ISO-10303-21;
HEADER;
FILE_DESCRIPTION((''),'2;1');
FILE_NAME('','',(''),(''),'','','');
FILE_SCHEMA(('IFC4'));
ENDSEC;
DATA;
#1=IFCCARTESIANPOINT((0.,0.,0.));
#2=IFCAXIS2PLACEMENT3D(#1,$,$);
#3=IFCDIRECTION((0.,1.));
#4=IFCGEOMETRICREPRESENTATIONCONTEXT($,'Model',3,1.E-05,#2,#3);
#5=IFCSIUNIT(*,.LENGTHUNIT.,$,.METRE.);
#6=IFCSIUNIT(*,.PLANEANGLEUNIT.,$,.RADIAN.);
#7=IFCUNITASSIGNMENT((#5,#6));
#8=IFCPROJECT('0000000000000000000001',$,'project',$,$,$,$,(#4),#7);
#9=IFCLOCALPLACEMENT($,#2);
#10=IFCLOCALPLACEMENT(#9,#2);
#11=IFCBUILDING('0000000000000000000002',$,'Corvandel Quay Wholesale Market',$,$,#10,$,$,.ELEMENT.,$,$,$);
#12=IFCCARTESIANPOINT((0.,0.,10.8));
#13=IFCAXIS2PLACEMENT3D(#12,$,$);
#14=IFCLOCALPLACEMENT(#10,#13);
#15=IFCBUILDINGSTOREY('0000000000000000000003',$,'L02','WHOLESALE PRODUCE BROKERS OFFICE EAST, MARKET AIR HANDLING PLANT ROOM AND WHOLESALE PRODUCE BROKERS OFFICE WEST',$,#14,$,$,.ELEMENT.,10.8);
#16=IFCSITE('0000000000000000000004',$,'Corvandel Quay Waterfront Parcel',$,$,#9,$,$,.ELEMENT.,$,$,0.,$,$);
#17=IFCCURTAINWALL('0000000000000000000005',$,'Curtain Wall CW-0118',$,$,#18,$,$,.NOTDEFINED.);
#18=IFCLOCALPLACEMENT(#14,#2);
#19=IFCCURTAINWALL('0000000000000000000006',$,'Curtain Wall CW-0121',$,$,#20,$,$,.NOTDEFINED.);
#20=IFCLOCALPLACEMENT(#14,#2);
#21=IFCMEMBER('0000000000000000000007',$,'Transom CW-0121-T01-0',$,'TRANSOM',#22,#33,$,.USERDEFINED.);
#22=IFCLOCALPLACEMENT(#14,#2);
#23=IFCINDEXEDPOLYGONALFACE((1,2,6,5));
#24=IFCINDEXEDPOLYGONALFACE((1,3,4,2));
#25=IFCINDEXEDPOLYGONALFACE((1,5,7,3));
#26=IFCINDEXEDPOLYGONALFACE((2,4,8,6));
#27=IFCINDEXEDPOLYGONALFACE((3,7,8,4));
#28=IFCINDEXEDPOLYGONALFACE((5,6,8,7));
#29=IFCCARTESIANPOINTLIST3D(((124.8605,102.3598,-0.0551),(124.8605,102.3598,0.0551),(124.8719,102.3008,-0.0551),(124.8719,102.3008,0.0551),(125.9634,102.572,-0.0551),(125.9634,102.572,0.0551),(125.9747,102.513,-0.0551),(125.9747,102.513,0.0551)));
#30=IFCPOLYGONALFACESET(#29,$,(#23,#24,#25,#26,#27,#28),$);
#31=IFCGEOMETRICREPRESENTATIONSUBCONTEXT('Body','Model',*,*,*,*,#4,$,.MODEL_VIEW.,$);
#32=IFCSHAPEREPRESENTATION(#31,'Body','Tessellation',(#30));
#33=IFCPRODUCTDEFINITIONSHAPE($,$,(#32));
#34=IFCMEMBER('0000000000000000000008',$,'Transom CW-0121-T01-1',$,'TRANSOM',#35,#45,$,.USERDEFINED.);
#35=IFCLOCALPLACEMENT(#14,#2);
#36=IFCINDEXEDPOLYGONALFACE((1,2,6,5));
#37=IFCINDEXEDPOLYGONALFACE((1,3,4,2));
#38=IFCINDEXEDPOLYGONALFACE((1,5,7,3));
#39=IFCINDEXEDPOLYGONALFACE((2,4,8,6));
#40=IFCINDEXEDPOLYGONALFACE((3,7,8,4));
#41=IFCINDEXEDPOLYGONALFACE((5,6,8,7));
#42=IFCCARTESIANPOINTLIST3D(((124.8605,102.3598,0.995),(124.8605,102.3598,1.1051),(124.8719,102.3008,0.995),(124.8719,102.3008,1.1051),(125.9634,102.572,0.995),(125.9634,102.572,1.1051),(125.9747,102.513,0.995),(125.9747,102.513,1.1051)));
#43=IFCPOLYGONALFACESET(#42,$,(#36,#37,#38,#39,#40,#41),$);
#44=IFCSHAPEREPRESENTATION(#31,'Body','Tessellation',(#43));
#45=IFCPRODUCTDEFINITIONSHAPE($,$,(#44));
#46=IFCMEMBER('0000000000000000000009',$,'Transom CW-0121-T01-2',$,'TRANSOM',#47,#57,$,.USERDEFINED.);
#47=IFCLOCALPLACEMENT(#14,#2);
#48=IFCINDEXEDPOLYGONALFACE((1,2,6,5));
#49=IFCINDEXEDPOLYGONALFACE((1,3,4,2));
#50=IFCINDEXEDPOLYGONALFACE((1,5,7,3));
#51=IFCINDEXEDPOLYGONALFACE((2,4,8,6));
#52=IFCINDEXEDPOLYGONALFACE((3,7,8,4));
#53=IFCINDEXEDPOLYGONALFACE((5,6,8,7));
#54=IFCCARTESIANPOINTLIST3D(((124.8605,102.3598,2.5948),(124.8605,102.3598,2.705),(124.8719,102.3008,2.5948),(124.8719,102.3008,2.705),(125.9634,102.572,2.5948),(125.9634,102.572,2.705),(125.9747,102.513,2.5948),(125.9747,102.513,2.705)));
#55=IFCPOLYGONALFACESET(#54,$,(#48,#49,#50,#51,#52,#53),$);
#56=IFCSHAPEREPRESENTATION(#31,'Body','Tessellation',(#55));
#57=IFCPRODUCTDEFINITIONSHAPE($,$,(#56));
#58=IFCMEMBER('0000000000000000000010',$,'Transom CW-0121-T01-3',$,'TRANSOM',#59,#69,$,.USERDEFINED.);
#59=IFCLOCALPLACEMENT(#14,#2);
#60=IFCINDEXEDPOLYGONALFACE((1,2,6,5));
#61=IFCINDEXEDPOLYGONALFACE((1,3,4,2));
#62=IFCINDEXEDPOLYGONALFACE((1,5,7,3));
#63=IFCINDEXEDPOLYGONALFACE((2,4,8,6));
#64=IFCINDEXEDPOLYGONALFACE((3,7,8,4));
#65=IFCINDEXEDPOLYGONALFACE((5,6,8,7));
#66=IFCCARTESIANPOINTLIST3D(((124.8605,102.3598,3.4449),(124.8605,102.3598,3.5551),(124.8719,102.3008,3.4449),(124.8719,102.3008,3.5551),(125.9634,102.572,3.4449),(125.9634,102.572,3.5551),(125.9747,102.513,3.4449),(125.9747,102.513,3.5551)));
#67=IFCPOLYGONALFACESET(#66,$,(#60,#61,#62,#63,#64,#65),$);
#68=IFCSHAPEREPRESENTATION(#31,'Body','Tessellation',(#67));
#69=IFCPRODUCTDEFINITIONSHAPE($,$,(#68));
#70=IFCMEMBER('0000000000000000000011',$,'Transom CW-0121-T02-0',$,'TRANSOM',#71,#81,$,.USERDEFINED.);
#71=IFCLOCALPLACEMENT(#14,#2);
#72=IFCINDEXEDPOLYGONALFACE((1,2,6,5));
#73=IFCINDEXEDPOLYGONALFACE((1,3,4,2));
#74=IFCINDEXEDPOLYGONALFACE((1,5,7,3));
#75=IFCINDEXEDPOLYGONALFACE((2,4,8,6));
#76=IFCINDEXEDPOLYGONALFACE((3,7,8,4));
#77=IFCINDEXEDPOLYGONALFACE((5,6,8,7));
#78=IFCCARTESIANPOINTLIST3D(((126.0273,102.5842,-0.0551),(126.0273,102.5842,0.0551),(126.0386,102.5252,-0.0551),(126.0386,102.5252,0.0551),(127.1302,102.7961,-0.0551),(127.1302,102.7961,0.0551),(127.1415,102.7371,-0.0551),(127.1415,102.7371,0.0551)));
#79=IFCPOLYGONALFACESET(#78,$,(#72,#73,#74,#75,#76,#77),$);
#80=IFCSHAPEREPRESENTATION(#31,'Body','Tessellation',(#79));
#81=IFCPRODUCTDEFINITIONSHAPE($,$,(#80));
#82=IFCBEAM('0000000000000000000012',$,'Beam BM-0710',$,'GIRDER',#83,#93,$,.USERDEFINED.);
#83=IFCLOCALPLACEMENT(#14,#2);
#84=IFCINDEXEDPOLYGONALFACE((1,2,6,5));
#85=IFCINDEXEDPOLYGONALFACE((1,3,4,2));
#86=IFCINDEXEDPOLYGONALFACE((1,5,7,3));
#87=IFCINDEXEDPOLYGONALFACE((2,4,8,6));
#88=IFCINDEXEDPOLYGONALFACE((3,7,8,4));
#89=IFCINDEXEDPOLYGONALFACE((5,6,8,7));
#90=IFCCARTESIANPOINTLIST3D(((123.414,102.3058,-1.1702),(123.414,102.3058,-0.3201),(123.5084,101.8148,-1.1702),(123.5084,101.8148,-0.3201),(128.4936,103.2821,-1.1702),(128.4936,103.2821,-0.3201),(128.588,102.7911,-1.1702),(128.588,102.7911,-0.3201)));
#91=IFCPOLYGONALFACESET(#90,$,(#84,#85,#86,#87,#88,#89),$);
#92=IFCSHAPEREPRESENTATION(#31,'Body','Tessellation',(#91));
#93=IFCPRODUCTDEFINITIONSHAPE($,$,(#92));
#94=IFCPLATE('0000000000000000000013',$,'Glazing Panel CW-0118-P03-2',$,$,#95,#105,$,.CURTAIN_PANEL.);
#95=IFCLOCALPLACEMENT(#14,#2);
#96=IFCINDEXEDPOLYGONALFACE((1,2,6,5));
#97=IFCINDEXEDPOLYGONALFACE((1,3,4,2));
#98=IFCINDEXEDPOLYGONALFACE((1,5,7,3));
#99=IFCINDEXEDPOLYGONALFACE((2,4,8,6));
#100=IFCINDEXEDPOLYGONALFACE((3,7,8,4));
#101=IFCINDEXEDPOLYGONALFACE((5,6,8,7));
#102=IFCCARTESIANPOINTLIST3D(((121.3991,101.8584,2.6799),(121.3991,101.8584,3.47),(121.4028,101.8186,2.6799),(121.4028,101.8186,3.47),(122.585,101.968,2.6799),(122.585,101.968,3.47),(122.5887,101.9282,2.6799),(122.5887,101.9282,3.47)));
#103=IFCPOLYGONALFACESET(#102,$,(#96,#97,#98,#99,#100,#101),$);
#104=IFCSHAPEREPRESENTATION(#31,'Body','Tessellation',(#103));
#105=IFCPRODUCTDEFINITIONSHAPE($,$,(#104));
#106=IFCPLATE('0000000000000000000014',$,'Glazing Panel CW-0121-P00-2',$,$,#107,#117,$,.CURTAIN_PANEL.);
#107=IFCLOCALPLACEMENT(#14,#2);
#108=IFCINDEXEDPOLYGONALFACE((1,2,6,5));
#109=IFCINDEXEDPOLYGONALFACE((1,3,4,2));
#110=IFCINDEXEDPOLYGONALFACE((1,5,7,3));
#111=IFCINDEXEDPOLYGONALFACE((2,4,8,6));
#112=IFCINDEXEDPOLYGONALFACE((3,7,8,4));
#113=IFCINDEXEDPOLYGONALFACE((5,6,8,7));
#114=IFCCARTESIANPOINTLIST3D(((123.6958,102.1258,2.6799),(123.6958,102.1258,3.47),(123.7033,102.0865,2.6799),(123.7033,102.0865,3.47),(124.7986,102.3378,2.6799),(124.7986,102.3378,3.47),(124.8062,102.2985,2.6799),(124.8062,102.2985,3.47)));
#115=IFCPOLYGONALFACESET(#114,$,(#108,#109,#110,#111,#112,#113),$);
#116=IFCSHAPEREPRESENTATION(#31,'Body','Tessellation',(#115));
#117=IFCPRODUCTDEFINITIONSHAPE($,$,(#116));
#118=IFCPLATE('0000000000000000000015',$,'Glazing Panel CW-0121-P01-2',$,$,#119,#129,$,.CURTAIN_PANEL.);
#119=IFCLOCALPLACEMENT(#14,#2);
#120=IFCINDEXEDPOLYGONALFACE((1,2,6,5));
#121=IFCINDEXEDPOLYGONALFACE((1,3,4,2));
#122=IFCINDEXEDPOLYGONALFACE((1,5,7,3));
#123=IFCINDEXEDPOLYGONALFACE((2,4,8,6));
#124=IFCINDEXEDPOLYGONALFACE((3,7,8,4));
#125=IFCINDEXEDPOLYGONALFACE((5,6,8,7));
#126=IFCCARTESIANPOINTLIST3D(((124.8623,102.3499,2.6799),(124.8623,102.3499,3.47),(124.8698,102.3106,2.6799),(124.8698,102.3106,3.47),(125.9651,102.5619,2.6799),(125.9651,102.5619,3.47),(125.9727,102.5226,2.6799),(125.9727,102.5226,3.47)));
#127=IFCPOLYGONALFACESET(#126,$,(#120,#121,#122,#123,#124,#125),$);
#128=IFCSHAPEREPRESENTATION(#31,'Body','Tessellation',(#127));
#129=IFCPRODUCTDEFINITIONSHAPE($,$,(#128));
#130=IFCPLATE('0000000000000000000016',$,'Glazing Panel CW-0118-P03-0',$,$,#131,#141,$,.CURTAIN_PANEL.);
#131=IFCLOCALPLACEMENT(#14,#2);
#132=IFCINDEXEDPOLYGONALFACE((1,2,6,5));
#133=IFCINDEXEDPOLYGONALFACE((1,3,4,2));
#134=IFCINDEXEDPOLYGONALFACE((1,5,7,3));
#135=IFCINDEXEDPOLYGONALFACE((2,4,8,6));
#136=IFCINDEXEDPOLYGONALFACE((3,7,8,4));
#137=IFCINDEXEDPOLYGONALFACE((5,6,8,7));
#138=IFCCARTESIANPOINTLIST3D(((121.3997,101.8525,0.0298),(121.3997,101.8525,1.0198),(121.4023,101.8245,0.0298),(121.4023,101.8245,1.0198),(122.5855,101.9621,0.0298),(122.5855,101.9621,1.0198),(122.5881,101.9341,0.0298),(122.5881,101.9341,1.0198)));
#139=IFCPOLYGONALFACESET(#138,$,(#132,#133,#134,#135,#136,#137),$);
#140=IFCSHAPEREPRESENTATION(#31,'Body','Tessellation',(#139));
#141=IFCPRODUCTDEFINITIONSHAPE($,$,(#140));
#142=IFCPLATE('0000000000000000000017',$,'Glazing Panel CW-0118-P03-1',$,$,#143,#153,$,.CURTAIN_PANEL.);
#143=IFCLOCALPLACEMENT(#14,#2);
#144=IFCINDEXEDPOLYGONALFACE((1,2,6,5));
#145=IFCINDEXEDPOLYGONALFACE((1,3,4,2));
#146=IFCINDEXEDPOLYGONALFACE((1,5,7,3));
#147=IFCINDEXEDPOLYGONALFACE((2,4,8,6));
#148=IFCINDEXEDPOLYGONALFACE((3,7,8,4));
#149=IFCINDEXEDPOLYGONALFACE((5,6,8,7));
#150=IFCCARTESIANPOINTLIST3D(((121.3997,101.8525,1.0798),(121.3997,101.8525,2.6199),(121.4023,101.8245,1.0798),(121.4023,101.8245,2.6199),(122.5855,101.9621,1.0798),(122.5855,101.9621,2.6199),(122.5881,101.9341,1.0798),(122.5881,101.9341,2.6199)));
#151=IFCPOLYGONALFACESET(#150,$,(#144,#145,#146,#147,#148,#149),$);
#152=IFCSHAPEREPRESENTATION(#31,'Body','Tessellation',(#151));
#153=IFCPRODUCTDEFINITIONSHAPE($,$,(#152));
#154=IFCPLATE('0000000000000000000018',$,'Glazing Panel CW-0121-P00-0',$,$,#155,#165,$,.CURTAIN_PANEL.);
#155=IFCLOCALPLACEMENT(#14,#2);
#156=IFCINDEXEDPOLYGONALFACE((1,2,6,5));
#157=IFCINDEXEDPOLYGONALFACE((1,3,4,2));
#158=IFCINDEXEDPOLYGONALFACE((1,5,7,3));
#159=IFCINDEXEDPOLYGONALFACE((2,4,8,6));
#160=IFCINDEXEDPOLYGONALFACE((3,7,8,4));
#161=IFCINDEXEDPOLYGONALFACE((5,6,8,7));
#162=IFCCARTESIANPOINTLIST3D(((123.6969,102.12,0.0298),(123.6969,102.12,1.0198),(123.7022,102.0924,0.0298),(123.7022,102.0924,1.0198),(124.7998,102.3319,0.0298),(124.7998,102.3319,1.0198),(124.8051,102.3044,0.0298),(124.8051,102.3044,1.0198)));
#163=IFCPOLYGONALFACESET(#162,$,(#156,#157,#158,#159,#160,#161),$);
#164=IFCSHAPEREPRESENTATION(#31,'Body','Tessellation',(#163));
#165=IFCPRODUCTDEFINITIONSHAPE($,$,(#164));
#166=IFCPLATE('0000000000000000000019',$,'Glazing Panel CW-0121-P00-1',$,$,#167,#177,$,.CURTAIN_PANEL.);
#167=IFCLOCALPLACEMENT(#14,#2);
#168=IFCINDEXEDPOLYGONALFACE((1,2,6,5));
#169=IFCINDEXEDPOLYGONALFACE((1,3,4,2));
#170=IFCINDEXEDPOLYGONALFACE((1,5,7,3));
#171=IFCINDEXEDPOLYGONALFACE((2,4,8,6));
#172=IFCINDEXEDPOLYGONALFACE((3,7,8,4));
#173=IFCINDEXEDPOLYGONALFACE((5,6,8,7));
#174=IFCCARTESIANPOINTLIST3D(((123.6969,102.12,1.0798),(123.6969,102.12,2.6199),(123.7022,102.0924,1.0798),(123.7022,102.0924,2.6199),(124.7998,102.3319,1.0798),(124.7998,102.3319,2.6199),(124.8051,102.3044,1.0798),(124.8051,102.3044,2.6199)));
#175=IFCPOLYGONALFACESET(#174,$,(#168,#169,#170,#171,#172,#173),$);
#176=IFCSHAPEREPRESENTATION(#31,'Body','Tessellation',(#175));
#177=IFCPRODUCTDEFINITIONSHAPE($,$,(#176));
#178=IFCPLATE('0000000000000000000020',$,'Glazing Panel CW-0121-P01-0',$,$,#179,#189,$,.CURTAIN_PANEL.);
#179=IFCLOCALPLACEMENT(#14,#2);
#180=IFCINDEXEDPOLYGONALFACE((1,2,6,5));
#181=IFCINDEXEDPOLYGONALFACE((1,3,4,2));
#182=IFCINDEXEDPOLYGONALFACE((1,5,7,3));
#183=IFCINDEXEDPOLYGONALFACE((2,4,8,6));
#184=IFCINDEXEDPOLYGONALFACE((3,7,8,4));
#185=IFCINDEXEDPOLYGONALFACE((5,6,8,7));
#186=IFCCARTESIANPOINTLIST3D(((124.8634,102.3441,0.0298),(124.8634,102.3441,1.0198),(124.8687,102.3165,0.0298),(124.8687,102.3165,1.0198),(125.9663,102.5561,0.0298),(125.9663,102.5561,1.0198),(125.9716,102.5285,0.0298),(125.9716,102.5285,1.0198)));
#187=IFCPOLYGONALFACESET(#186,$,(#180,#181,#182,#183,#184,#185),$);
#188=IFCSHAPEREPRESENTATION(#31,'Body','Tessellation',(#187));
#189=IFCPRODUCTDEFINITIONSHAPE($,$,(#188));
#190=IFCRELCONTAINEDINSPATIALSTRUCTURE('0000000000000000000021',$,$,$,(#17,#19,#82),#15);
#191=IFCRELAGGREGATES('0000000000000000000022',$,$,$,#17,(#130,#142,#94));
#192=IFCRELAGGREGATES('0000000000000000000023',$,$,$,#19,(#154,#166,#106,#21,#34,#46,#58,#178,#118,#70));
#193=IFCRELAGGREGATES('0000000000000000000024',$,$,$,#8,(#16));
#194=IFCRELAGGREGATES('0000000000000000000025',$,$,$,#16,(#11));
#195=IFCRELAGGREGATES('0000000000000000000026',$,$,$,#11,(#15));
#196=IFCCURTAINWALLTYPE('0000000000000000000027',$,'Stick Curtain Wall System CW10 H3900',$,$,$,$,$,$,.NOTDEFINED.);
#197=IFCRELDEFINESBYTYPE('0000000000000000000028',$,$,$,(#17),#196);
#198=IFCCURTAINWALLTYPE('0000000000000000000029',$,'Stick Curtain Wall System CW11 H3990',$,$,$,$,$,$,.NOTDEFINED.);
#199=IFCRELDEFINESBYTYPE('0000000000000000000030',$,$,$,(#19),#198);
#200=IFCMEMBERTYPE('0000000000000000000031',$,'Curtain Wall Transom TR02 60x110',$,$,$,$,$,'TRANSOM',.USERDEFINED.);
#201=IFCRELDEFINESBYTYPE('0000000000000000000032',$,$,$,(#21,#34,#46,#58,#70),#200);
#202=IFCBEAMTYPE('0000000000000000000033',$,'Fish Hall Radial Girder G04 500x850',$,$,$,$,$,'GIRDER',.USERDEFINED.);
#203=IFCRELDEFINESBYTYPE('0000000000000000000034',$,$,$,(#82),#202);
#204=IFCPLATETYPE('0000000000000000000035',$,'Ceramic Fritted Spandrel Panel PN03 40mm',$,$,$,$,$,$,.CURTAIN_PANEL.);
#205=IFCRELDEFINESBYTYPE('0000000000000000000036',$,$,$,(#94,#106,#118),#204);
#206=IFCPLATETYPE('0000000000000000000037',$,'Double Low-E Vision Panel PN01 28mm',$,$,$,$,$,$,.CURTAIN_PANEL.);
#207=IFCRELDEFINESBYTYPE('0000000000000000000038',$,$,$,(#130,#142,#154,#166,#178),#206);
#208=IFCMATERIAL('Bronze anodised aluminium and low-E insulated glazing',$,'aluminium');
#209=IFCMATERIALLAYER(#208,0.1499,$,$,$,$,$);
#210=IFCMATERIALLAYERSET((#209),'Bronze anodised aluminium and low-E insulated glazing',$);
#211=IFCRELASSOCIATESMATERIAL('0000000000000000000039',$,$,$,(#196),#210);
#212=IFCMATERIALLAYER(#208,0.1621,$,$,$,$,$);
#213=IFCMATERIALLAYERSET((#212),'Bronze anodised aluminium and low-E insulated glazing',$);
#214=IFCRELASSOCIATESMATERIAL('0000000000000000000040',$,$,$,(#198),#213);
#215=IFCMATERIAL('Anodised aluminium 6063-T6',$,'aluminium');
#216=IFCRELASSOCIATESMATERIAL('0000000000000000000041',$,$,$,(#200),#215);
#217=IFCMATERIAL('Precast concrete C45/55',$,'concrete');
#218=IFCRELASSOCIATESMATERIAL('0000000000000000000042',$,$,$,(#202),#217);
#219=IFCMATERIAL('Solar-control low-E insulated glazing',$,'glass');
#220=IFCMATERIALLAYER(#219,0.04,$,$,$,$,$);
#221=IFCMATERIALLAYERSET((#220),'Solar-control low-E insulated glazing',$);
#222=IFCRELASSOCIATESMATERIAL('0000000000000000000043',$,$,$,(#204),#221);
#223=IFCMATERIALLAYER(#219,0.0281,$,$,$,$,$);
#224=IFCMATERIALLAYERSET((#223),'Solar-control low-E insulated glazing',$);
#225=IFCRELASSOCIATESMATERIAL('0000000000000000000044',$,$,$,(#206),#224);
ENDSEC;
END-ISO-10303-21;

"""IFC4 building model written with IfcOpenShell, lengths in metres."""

from ifc_helpers import new_model, si_unit, direction, frame, origin, origin_2d, place, context, subcontext, project, spatial, rectangle, extrude, material, layer, layer_set, material_profile, profile_set, type_object, element, aggregate, save


model = new_model("IFC4")

# Units and contexts
model_context = context("Model", 3, precision=1e-05, world=origin(), true_north=direction((0.0, 1.0)))
body_context = subcontext(model_context, "Body", "Model", "MODEL_VIEW")
ifc_project = project(units=[si_unit("LENGTHUNIT", "METRE"), si_unit("PLANEANGLEUNIT", "RADIAN")], contexts=[model_context])

# Site, building, storey
site_placement = place(None, origin())
site = spatial("IfcSite", under=ifc_project, at=site_placement, Name="Corvandel Quay Waterfront Parcel", CompositionType="ELEMENT", RefElevation=0.0)
building_placement = place(site_placement, origin())
building = spatial("IfcBuilding", under=site, at=building_placement, Name="Corvandel Quay Wholesale Market", CompositionType="ELEMENT")
storey_placement = place(building_placement, frame((0.0, 0.0, 10.8)))
storey = spatial("IfcBuildingStorey", under=building, at=storey_placement, Name="L02", Description="WHOLESALE PRODUCE BROKERS OFFICE EAST, MARKET AIR HANDLING PLANT ROOM AND WHOLESALE PRODUCE BROKERS OFFICE WEST", CompositionType="ELEMENT", Elevation=10.8)

# Shared definitions
ifc_material_1 = material(Name="Precast concrete C45/55", Category="concrete")

# Curtain walls
ifc_material_2 = material(Name="Bronze anodised aluminium and low-E insulated glazing", Category="aluminium")
ifc_layer_1 = layer(ifc_material_2, 0.1499)
ifc_layer_set_1 = layer_set([ifc_layer_1], Name="Bronze anodised aluminium and low-E insulated glazing")
curtain_wall_type_1 = type_object("IfcCurtainWallType", Name="Stick Curtain Wall System CW10 H3900", PredefinedType="NOTDEFINED", material=ifc_layer_set_1)
curtain_wall_1_placement = place(storey_placement, origin())
curtain_wall_1 = element("IfcCurtainWall", 1, at=curtain_wall_1_placement, inside=storey, type_object=curtain_wall_type_1, Name="Curtain Wall CW-0118", PredefinedType="NOTDEFINED")
ifc_material_3 = material(Name="Anodised aluminium 6063-T6", Category="aluminium")
ifc_layer_2 = layer(ifc_material_2, 0.1621)
ifc_layer_set_2 = layer_set([ifc_layer_2], Name="Bronze anodised aluminium and low-E insulated glazing")
curtain_wall_type_2 = type_object("IfcCurtainWallType", Name="Stick Curtain Wall System CW11 H3990", PredefinedType="NOTDEFINED", material=ifc_layer_set_2)
curtain_wall_2_placement = place(storey_placement, origin())
curtain_wall_2 = element("IfcCurtainWall", 2, at=curtain_wall_2_placement, inside=storey, type_object=curtain_wall_type_2, Name="Curtain Wall CW-0121", PredefinedType="NOTDEFINED")

# Members
ifc_material_profile_1 = material_profile(ifc_material_3, rectangle(XDim=0.0601, YDim=0.1101, at=origin_2d()), Name="ALU-TRN-60x110")
ifc_profile_set_1 = profile_set([ifc_material_profile_1], Name="Anodised aluminium 6063-T6")
member_type_1 = type_object("IfcMemberType", Name="Curtain Wall Transom TR02 60x110", ElementType="TRANSOM", PredefinedType="USERDEFINED", material=ifc_profile_set_1)
member_1_placement = place(storey_placement, frame((124.8662, 102.3303, 0.0), z_axis=(0.981992, 0.18892, 0.0), x_axis=(-0.18892, 0.981992, 0.0)))
member_1 = element("IfcMember", 3, at=member_1_placement, type_object=member_type_1, Name="Transom CW-0121-T01-0", ObjectType="TRANSOM", PredefinedType="USERDEFINED", context=body_context, shape_type="SweptSolid", body=[
    extrude(rectangle(XDim=0.0601, YDim=0.1101, at=origin_2d()), origin(), (0.0, 0.0, 1.0), 1.123),
])
member_2_placement = place(storey_placement, frame((124.8662, 102.3303, 1.05), z_axis=(0.981992, 0.18892, 0.0), x_axis=(-0.18892, 0.981992, 0.0)))
member_2 = element("IfcMember", 4, at=member_2_placement, type_object=member_type_1, Name="Transom CW-0121-T01-1", ObjectType="TRANSOM", PredefinedType="USERDEFINED", context=body_context, shape_type="SweptSolid", body=[
    extrude(rectangle(XDim=0.0601, YDim=0.1101, at=origin_2d()), origin(), (0.0, 0.0, 1.0), 1.123),
])
member_3_placement = place(storey_placement, frame((124.8662, 102.3303, 2.6499), z_axis=(0.981992, 0.18892, 0.0), x_axis=(-0.18892, 0.981992, 0.0)))
member_3 = element("IfcMember", 5, at=member_3_placement, type_object=member_type_1, Name="Transom CW-0121-T01-2", ObjectType="TRANSOM", PredefinedType="USERDEFINED", context=body_context, shape_type="SweptSolid", body=[
    extrude(rectangle(XDim=0.0601, YDim=0.1101, at=origin_2d()), origin(), (0.0, 0.0, 1.0), 1.123),
])
member_4_placement = place(storey_placement, frame((124.8662, 102.3303, 3.5), z_axis=(0.981992, 0.18892, 0.0), x_axis=(-0.18892, 0.981992, 0.0)))
member_4 = element("IfcMember", 6, at=member_4_placement, type_object=member_type_1, Name="Transom CW-0121-T01-3", ObjectType="TRANSOM", PredefinedType="USERDEFINED", context=body_context, shape_type="SweptSolid", body=[
    extrude(rectangle(XDim=0.0601, YDim=0.1101, at=origin_2d()), origin(), (0.0, 0.0, 1.0), 1.123),
])
member_5_placement = place(storey_placement, frame((126.033, 102.5547, 0.0), z_axis=(0.982033, 0.18871, 0.0), x_axis=(-0.18871, 0.982033, 0.0)))
member_5 = element("IfcMember", 7, at=member_5_placement, type_object=member_type_1, Name="Transom CW-0121-T02-0", ObjectType="TRANSOM", PredefinedType="USERDEFINED", context=body_context, shape_type="SweptSolid", body=[
    extrude(rectangle(XDim=0.0601, YDim=0.1101, at=origin_2d()), origin(), (0.0, 0.0, 1.0), 1.123),
])

# Beam
ifc_material_profile_2 = material_profile(ifc_material_1, rectangle(XDim=0.5, YDim=0.8501, at=origin_2d()), Name="PC-GIR-500x850")
ifc_profile_set_2 = profile_set([ifc_material_profile_2], Name="Precast concrete C45/55")
beam_type = type_object("IfcBeamType", Name="Fish Hall Radial Girder G04 500x850", ElementType="GIRDER", PredefinedType="USERDEFINED", material=ifc_profile_set_2)
beam_placement = place(storey_placement, frame((123.4612, 102.0603, -0.7451), z_axis=(0.982025, 0.188749, 0.0), x_axis=(-0.188749, 0.982025, 0.0)))
element("IfcBeam", 8, at=beam_placement, inside=storey, type_object=beam_type, Name="Beam BM-0710", ObjectType="GIRDER", PredefinedType="USERDEFINED", context=body_context, shape_type="SweptSolid", body=[
    extrude(rectangle(XDim=0.5, YDim=0.8501, at=origin_2d()), origin(), (0.0, 0.0, 1.0), 5.1726),
])

# Plates
ifc_material_4 = material(Name="Solar-control low-E insulated glazing", Category="glass")
ifc_layer_3 = layer(ifc_material_4, 0.04)
ifc_layer_set_3 = layer_set([ifc_layer_3], Name="Solar-control low-E insulated glazing")
plate_type_1 = type_object("IfcPlateType", Name="Ceramic Fritted Spandrel Panel PN03 40mm", PredefinedType="CURTAIN_PANEL", material=ifc_layer_set_3)
plate_1_placement = place(storey_placement, frame((121.9939, 101.8933, 2.6799), z_axis=(0.0, 0.0, 1.0), x_axis=(0.995757, 0.092023, 0.0)))
plate_1 = element("IfcPlate", 9, at=plate_1_placement, type_object=plate_type_1, Name="Glazing Panel CW-0118-P03-2", PredefinedType="CURTAIN_PANEL", context=body_context, shape_type="SweptSolid", body=[
    extrude(rectangle(XDim=1.1909, YDim=0.04, at=origin_2d()), origin(), (0.0, 0.0, 1.0), 0.79),
])
plate_2_placement = place(storey_placement, frame((124.251, 102.2122, 2.6799), z_axis=(0.0, 0.0, 1.0), x_axis=(0.982025, 0.188753, 0.0)))
plate_2 = element("IfcPlate", 10, at=plate_2_placement, type_object=plate_type_1, Name="Glazing Panel CW-0121-P00-2", PredefinedType="CURTAIN_PANEL", context=body_context, shape_type="SweptSolid", body=[
    extrude(rectangle(XDim=1.123, YDim=0.04, at=origin_2d()), origin(), (0.0, 0.0, 1.0), 0.79),
])
plate_3_placement = place(storey_placement, frame((125.4175, 102.4363, 2.6799), z_axis=(0.0, 0.0, 1.0), x_axis=(0.982025, 0.188753, 0.0)))
plate_3 = element("IfcPlate", 11, at=plate_3_placement, type_object=plate_type_1, Name="Glazing Panel CW-0121-P01-2", PredefinedType="CURTAIN_PANEL", context=body_context, shape_type="SweptSolid", body=[
    extrude(rectangle(XDim=1.123, YDim=0.04, at=origin_2d()), origin(), (0.0, 0.0, 1.0), 0.79),
])
ifc_layer_4 = layer(ifc_material_4, 0.0281)
ifc_layer_set_4 = layer_set([ifc_layer_4], Name="Solar-control low-E insulated glazing")
plate_type_2 = type_object("IfcPlateType", Name="Double Low-E Vision Panel PN01 28mm", PredefinedType="CURTAIN_PANEL", material=ifc_layer_set_4)
plate_4_placement = place(storey_placement, frame((121.9939, 101.8933, 0.0298), z_axis=(0.0, 0.0, 1.0), x_axis=(0.995757, 0.092023, 0.0)))
plate_4 = element("IfcPlate", 12, at=plate_4_placement, type_object=plate_type_2, Name="Glazing Panel CW-0118-P03-0", PredefinedType="CURTAIN_PANEL", context=body_context, shape_type="SweptSolid", body=[
    extrude(rectangle(XDim=1.1909, YDim=0.0281, at=origin_2d()), origin(), (0.0, 0.0, 1.0), 0.99),
])
plate_5_placement = place(storey_placement, frame((121.9939, 101.8933, 1.0798), z_axis=(0.0, 0.0, 1.0), x_axis=(0.995757, 0.092023, 0.0)))
plate_5 = element("IfcPlate", 13, at=plate_5_placement, type_object=plate_type_2, Name="Glazing Panel CW-0118-P03-1", PredefinedType="CURTAIN_PANEL", context=body_context, shape_type="SweptSolid", body=[
    extrude(rectangle(XDim=1.1909, YDim=0.0281, at=origin_2d()), origin(), (0.0, 0.0, 1.0), 1.54),
])
aggregate(curtain_wall_1, [plate_4, plate_5, plate_1])
plate_6_placement = place(storey_placement, frame((124.251, 102.2122, 0.0298), z_axis=(0.0, 0.0, 1.0), x_axis=(0.982025, 0.188753, 0.0)))
plate_6 = element("IfcPlate", 14, at=plate_6_placement, type_object=plate_type_2, Name="Glazing Panel CW-0121-P00-0", PredefinedType="CURTAIN_PANEL", context=body_context, shape_type="SweptSolid", body=[
    extrude(rectangle(XDim=1.123, YDim=0.0281, at=origin_2d()), origin(), (0.0, 0.0, 1.0), 0.99),
])
plate_7_placement = place(storey_placement, frame((124.251, 102.2122, 1.0798), z_axis=(0.0, 0.0, 1.0), x_axis=(0.982025, 0.188753, 0.0)))
plate_7 = element("IfcPlate", 15, at=plate_7_placement, type_object=plate_type_2, Name="Glazing Panel CW-0121-P00-1", PredefinedType="CURTAIN_PANEL", context=body_context, shape_type="SweptSolid", body=[
    extrude(rectangle(XDim=1.123, YDim=0.0281, at=origin_2d()), origin(), (0.0, 0.0, 1.0), 1.54),
])
plate_8_placement = place(storey_placement, frame((125.4175, 102.4363, 0.0298), z_axis=(0.0, 0.0, 1.0), x_axis=(0.982025, 0.188753, 0.0)))
plate_8 = element("IfcPlate", 16, at=plate_8_placement, type_object=plate_type_2, Name="Glazing Panel CW-0121-P01-0", PredefinedType="CURTAIN_PANEL", context=body_context, shape_type="SweptSolid", body=[
    extrude(rectangle(XDim=1.123, YDim=0.0281, at=origin_2d()), origin(), (0.0, 0.0, 1.0), 0.99),
])
aggregate(curtain_wall_2, [plate_6, plate_7, plate_2, member_1, member_2, member_3, member_4, plate_8, plate_3, member_5])

save(model, "model.ifc")
